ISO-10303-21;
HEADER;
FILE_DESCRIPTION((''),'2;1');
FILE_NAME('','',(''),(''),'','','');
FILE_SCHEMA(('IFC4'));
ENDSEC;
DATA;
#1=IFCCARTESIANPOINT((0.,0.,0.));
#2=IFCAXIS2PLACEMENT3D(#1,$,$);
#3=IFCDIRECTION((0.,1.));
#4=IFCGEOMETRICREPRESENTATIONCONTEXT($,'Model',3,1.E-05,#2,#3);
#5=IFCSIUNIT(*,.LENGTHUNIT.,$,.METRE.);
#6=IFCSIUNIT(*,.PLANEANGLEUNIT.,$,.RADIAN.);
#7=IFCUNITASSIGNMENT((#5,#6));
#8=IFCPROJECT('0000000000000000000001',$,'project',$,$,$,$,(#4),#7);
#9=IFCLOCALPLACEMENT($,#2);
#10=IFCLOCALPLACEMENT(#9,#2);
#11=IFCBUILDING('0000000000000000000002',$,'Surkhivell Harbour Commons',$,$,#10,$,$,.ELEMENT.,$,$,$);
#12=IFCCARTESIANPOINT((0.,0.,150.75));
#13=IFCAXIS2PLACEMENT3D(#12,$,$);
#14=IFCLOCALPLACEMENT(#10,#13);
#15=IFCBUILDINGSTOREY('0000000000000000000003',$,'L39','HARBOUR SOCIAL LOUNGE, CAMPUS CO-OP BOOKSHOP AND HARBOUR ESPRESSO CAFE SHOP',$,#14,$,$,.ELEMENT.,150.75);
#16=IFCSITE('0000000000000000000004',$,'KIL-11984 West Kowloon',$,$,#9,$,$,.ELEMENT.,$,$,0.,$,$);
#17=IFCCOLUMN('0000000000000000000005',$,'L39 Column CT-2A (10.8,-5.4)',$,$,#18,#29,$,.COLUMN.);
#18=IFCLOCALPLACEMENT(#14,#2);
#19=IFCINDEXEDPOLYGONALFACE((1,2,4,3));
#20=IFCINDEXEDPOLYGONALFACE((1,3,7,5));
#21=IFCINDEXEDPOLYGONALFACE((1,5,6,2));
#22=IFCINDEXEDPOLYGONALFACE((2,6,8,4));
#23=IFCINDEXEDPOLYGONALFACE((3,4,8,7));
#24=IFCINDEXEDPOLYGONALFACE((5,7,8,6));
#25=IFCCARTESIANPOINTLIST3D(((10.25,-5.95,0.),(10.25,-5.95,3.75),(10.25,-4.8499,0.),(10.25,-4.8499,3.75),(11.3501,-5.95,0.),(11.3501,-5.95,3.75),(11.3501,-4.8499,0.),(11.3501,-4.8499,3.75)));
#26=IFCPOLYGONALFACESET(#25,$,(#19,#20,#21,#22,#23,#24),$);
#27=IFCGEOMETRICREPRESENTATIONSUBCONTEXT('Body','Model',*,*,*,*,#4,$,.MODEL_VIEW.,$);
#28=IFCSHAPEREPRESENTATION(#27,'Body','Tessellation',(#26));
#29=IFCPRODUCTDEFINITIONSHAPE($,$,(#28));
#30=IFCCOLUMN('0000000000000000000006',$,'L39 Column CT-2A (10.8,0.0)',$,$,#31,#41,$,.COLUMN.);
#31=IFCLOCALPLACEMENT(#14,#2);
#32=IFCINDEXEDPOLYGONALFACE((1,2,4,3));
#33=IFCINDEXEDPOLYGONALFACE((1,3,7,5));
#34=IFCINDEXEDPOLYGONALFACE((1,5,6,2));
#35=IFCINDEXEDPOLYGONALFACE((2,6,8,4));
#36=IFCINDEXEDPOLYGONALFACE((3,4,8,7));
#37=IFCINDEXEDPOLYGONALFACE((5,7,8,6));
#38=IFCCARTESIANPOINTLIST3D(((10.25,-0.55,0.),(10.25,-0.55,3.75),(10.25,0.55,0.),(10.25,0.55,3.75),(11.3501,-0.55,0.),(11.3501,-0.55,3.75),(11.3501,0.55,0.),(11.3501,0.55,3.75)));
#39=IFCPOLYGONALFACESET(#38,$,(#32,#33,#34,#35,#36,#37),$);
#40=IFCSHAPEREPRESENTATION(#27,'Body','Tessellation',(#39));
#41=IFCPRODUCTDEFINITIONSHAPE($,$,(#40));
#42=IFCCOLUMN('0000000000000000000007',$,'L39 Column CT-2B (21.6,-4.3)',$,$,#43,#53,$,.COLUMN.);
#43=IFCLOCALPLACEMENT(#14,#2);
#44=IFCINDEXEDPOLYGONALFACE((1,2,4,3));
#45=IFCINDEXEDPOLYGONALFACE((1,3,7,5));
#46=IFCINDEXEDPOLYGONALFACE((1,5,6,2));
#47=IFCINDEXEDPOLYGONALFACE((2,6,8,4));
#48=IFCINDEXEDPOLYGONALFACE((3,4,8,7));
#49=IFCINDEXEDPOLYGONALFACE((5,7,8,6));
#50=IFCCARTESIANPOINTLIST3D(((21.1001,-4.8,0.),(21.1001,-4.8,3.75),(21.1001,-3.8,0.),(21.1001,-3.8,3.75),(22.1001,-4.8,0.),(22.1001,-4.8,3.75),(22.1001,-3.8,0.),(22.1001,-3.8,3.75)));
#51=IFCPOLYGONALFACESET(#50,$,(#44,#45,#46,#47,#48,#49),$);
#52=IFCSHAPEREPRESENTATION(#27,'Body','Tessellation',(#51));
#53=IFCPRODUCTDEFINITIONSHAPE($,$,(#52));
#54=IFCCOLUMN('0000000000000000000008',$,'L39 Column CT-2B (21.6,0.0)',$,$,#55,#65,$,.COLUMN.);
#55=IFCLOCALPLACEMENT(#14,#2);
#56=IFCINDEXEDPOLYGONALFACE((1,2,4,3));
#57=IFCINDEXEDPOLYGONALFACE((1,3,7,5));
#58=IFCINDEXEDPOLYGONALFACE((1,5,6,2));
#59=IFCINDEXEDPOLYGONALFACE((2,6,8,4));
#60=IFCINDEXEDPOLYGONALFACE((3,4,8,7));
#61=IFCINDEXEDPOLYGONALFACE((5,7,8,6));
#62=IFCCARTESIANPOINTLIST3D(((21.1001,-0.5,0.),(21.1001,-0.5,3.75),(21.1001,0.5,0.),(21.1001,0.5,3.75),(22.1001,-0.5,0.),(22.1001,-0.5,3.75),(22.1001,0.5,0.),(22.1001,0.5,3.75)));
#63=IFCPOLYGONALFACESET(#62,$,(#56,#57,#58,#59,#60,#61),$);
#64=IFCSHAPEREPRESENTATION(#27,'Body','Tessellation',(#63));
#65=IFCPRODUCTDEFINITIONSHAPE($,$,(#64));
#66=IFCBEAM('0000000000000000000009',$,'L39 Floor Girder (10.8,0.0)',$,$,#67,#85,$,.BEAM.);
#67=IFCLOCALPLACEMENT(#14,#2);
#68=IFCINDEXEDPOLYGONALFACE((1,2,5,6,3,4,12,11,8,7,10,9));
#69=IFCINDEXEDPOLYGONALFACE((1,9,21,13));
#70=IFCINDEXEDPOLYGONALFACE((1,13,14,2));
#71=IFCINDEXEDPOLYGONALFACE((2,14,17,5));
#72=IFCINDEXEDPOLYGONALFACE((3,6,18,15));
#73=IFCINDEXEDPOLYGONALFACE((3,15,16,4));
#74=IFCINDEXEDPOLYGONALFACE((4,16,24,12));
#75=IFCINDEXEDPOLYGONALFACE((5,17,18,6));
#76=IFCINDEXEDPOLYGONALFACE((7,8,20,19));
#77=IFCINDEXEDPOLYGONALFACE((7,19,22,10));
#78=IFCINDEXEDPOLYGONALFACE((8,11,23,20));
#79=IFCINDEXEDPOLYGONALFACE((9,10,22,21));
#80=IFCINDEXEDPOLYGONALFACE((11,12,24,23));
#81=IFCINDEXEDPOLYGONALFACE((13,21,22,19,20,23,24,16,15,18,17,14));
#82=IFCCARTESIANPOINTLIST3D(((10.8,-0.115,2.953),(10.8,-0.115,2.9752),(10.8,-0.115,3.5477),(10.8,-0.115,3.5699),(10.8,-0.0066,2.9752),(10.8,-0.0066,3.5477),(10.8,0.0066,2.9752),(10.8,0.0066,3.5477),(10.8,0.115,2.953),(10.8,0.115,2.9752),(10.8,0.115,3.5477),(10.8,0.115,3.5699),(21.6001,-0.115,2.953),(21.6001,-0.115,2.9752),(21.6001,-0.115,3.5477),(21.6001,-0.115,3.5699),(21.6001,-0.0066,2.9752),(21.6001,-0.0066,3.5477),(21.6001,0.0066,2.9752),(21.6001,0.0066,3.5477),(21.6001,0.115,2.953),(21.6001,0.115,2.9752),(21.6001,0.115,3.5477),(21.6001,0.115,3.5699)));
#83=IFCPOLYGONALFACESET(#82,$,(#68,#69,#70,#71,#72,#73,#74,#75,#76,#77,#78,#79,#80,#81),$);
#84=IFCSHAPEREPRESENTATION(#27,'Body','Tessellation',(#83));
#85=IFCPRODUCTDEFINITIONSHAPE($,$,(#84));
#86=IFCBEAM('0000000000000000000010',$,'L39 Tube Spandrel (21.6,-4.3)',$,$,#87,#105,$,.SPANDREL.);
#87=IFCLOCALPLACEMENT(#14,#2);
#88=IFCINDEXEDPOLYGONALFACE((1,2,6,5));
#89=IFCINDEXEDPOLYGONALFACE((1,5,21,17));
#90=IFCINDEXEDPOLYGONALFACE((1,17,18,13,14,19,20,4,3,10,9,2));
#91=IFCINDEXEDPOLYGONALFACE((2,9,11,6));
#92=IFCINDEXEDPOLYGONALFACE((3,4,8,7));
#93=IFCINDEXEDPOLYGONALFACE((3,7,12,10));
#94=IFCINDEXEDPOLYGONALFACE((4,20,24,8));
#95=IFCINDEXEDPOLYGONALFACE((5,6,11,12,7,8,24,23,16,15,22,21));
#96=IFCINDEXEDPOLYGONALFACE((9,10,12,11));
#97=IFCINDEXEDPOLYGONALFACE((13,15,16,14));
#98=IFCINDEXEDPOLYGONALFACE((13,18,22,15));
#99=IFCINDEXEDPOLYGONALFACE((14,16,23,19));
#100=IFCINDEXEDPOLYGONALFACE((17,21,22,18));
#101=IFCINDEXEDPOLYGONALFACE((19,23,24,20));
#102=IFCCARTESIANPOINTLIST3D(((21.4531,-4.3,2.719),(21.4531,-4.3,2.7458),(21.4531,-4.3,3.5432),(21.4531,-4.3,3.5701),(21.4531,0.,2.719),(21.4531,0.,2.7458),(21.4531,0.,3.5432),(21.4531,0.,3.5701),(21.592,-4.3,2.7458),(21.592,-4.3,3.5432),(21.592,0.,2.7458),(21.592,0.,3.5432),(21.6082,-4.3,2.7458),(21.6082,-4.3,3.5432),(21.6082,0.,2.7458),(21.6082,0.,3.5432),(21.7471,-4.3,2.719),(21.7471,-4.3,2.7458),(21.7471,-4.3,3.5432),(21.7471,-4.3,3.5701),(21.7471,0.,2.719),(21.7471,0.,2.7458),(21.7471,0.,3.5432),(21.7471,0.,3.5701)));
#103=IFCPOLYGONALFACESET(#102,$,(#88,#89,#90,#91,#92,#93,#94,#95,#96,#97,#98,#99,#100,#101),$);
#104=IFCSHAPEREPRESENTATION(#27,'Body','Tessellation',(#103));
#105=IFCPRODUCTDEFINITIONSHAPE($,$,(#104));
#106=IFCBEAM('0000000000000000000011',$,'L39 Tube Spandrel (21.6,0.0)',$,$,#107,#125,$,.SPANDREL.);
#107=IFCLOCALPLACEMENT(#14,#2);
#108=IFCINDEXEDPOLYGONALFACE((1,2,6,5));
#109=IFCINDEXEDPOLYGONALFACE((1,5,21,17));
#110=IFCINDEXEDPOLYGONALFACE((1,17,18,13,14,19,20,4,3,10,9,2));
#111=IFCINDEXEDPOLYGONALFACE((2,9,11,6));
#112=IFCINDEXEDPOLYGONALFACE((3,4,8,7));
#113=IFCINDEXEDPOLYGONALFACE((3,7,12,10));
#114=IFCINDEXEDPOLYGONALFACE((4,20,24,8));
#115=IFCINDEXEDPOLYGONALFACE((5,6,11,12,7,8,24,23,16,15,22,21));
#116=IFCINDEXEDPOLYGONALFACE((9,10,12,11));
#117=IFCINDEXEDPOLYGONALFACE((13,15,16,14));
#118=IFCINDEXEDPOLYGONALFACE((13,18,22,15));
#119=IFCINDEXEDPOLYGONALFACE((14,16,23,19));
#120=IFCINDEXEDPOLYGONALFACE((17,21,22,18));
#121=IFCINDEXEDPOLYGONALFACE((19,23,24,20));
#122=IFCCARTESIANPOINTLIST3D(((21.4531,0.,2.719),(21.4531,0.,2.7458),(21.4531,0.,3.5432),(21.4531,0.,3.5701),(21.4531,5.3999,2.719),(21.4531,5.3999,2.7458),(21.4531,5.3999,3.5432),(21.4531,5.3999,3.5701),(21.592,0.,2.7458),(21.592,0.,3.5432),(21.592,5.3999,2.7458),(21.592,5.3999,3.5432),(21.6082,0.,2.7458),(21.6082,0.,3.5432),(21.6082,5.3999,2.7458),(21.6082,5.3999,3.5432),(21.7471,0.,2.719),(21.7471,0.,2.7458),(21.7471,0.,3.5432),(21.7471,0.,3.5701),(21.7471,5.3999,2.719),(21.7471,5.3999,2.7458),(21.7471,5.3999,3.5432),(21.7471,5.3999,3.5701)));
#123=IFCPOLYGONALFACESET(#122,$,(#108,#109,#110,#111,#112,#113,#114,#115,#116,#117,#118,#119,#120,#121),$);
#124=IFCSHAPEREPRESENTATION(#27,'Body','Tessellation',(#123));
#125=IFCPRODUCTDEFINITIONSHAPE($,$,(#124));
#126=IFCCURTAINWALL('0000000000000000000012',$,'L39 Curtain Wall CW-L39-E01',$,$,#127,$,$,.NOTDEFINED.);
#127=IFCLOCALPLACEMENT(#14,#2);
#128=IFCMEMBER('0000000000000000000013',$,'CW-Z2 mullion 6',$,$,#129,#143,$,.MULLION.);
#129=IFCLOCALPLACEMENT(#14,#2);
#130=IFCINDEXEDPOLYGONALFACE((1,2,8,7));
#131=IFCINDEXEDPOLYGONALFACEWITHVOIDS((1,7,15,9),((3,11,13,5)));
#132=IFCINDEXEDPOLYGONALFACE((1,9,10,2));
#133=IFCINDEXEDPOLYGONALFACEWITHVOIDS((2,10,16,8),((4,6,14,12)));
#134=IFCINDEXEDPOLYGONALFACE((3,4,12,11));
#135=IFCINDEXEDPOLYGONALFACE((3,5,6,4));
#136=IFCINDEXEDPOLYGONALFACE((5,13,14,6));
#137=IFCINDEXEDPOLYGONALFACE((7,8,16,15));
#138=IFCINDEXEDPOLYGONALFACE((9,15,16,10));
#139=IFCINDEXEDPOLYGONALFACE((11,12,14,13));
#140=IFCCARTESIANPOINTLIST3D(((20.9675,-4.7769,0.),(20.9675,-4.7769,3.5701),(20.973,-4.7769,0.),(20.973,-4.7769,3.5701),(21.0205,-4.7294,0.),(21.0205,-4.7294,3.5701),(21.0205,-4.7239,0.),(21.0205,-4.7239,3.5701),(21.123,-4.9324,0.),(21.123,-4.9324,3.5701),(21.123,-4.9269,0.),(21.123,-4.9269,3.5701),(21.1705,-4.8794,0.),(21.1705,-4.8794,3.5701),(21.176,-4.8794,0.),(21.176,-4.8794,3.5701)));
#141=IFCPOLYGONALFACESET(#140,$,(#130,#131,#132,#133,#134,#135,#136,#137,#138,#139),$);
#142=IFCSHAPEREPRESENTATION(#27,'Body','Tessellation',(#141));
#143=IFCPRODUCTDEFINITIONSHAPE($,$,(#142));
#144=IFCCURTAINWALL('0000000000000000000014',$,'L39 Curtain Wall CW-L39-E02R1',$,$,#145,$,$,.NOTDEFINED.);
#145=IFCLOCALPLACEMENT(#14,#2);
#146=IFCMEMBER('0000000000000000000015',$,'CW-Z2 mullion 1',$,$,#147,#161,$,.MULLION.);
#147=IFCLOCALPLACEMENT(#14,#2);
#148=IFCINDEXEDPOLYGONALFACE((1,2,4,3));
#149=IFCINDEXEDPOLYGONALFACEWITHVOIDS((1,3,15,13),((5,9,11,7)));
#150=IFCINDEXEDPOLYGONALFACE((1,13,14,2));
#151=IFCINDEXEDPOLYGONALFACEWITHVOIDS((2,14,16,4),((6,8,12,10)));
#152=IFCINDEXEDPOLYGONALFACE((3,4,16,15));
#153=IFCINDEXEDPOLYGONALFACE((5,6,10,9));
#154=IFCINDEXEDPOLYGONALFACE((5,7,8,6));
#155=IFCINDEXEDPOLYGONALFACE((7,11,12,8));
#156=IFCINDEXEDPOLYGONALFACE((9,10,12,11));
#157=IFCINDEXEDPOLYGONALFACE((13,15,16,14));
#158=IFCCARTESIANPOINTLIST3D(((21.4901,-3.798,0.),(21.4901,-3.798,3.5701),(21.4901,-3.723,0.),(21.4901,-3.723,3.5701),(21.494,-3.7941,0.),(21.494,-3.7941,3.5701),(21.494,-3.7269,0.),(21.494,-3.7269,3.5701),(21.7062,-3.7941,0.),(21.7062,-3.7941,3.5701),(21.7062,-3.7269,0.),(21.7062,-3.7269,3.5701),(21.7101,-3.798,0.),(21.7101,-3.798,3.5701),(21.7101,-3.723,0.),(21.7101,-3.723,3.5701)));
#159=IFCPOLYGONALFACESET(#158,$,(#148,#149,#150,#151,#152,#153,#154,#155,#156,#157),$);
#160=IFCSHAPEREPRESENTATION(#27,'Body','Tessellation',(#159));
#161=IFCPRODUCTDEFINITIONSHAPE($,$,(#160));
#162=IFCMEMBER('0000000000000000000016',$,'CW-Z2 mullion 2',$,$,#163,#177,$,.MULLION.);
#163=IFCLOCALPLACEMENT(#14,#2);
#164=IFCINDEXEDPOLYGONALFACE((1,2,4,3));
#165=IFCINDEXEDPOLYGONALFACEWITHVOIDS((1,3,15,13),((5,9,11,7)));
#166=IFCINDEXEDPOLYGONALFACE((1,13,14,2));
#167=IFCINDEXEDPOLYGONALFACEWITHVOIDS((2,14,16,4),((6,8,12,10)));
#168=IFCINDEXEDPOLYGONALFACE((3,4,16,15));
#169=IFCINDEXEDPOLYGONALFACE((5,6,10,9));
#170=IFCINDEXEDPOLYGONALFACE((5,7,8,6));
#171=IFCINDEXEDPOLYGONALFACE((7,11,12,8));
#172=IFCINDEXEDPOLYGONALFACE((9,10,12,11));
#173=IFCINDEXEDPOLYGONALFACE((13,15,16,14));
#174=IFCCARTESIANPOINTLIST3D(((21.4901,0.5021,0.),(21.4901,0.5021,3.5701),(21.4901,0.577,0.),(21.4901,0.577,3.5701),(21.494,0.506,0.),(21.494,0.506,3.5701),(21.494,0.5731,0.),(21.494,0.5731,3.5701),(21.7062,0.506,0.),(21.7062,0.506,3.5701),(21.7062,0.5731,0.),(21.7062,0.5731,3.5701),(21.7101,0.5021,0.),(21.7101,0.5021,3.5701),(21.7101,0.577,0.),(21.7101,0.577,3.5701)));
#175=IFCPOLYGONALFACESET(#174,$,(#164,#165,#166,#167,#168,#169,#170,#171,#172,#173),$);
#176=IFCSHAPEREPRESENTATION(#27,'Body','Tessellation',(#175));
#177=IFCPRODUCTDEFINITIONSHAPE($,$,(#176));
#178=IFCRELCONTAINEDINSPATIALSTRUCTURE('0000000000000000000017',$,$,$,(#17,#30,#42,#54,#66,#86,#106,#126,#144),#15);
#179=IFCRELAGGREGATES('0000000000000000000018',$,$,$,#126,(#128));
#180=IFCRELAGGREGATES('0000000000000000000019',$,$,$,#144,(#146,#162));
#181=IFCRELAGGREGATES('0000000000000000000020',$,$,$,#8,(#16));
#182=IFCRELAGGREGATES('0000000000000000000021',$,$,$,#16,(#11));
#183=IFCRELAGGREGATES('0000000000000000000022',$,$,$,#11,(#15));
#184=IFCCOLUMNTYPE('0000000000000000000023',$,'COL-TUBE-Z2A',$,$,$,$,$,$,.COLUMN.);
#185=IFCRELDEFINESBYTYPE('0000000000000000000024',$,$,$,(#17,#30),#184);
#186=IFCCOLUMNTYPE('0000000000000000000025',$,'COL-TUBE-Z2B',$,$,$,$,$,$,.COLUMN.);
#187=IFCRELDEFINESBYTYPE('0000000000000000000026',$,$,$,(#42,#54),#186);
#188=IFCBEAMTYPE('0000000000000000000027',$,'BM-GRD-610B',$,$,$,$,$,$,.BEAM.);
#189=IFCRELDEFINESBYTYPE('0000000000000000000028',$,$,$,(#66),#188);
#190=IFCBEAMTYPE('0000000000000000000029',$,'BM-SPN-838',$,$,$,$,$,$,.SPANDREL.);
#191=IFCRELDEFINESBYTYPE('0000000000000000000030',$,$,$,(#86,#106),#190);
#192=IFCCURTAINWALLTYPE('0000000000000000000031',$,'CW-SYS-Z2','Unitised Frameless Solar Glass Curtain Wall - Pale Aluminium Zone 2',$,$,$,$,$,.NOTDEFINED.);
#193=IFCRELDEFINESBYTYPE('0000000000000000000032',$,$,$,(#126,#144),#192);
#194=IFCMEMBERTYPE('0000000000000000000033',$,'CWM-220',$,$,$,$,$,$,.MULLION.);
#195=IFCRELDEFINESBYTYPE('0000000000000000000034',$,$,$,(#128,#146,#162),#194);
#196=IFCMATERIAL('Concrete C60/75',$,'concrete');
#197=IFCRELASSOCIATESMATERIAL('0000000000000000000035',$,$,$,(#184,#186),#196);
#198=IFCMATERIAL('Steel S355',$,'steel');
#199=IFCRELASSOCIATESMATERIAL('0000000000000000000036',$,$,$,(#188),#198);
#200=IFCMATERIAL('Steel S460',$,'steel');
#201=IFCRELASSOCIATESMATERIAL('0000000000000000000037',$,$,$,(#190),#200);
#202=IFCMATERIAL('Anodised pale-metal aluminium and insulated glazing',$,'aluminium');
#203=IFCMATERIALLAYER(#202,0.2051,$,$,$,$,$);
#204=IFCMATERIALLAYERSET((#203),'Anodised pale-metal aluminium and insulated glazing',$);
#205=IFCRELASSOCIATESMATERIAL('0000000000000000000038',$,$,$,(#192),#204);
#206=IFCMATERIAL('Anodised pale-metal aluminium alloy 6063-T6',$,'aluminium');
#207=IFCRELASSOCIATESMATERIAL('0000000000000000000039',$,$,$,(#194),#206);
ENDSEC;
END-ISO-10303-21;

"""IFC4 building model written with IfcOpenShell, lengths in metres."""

from ifc_helpers import new_model, si_unit, direction, frame, origin, origin_2d, place, context, subcontext, project, spatial, rectangle, hollow_rectangle, i_section, extrude, material, layer, layer_set, material_profile, profile_set, type_object, element, aggregate, save


model = new_model("IFC4")

# Units and contexts
model_context = context("Model", 3, precision=1e-05, world=origin(), true_north=direction((0.0, 1.0)))
body_context = subcontext(model_context, "Body", "Model", "MODEL_VIEW")
ifc_project = project(units=[si_unit("LENGTHUNIT", "METRE"), si_unit("PLANEANGLEUNIT", "RADIAN")], contexts=[model_context])

# Site, building, storey
site_placement = place(None, origin())
site = spatial("IfcSite", under=ifc_project, at=site_placement, Name="KIL-11984 West Kowloon", CompositionType="ELEMENT", RefElevation=0.0)
building_placement = place(site_placement, origin())
building = spatial("IfcBuilding", under=site, at=building_placement, Name="Surkhivell Harbour Commons", CompositionType="ELEMENT")
storey_placement = place(building_placement, frame((0.0, 0.0, 150.75)))
storey = spatial("IfcBuildingStorey", under=building, at=storey_placement, Name="L39", Description="HARBOUR SOCIAL LOUNGE, CAMPUS CO-OP BOOKSHOP AND HARBOUR ESPRESSO CAFE SHOP", CompositionType="ELEMENT", Elevation=150.75)

# Columns
ifc_material_1 = material(Name="Concrete C60/75", Category="concrete")
ifc_material_profile_1 = material_profile(ifc_material_1, rectangle(XDim=1.1001, YDim=1.1001, at=origin_2d()), Name="RC-COL-1100x1100")
ifc_profile_set_1 = profile_set([ifc_material_profile_1], Name="Concrete C60/75")
column_type_1 = type_object("IfcColumnType", Name="COL-TUBE-Z2A", PredefinedType="COLUMN", material=ifc_profile_set_1)
for number, where, z_axis, x_axis, name in (
    (1, (10.8, -5.3999, 0.0), (0.0, 0.0, 1.0), (1.0, 0.0, 0.0), "L39 Column CT-2A (10.8,-5.4)"),
    (2, (10.8, 0.0, 0.0), (0.0, 0.0, 1.0), (1.0, 0.0, 0.0), "L39 Column CT-2A (10.8,0.0)"),
):
    element("IfcColumn", number, at=place(storey_placement, frame(where, z_axis=z_axis, x_axis=x_axis)), inside=storey, type_object=column_type_1, Name=name, PredefinedType="COLUMN", context=body_context, shape_type="SweptSolid", body=[
        extrude(rectangle(XDim=1.1001, YDim=1.1001, at=origin_2d()), origin(), (0.0, 0.0, 1.0), 3.75),
    ])
ifc_material_profile_2 = material_profile(ifc_material_1, rectangle(XDim=1.0, YDim=1.0, at=origin_2d()), Name="RC-COL-1000x1000")
ifc_profile_set_2 = profile_set([ifc_material_profile_2], Name="Concrete C60/75")
column_type_2 = type_object("IfcColumnType", Name="COL-TUBE-Z2B", PredefinedType="COLUMN", material=ifc_profile_set_2)
for number, where, z_axis, x_axis, name in (
    (3, (21.6001, -4.3, 0.0), (0.0, 0.0, 1.0), (1.0, 0.0, 0.0), "L39 Column CT-2B (21.6,-4.3)"),
    (4, (21.6001, 0.0, 0.0), (0.0, 0.0, 1.0), (1.0, 0.0, 0.0), "L39 Column CT-2B (21.6,0.0)"),
):
    element("IfcColumn", number, at=place(storey_placement, frame(where, z_axis=z_axis, x_axis=x_axis)), inside=storey, type_object=column_type_2, Name=name, PredefinedType="COLUMN", context=body_context, shape_type="SweptSolid", body=[
        extrude(rectangle(XDim=1.0, YDim=1.0, at=origin_2d()), origin(), (0.0, 0.0, 1.0), 3.75),
    ])

# Beams
ifc_material_2 = material(Name="Steel S355", Category="steel")
ifc_material_profile_3 = material_profile(ifc_material_2, i_section(OverallWidth=0.23, OverallDepth=0.6169, WebThickness=0.0132, FlangeThickness=0.0222, at=origin_2d()), Name="UB610x229x140")
ifc_profile_set_3 = profile_set([ifc_material_profile_3], Name="Steel S355")
beam_type_1 = type_object("IfcBeamType", Name="BM-GRD-610B", PredefinedType="BEAM", material=ifc_profile_set_3)
beam_1_placement = place(storey_placement, frame((10.8, 0.0, 3.2615), z_axis=(1.0, 0.0, 0.0), x_axis=(0.0, 1.0, 0.0)))
element("IfcBeam", 5, at=beam_1_placement, inside=storey, type_object=beam_type_1, Name="L39 Floor Girder (10.8,0.0)", PredefinedType="BEAM", context=body_context, shape_type="SweptSolid", body=[
    extrude(i_section(OverallWidth=0.23, OverallDepth=0.6169, WebThickness=0.0132, FlangeThickness=0.0222, at=origin_2d()), origin(), (0.0, 0.0, 1.0), 10.8),
])
ifc_material_3 = material(Name="Steel S460", Category="steel")
ifc_material_profile_4 = material_profile(ifc_material_3, i_section(OverallWidth=0.2939, OverallDepth=0.8511, WebThickness=0.0161, FlangeThickness=0.0269, at=origin_2d()), Name="UB838x292x226")
ifc_profile_set_4 = profile_set([ifc_material_profile_4], Name="Steel S460")
beam_type_2 = type_object("IfcBeamType", Name="BM-SPN-838", PredefinedType="SPANDREL", material=ifc_profile_set_4)
beam_2_placement = place(storey_placement, frame((21.6001, -4.3, 3.1445), z_axis=(0.0, 1.0, 0.0), x_axis=(-1.0, 0.0, 0.0)))
element("IfcBeam", 6, at=beam_2_placement, inside=storey, type_object=beam_type_2, Name="L39 Tube Spandrel (21.6,-4.3)", PredefinedType="SPANDREL", context=body_context, shape_type="SweptSolid", body=[
    extrude(i_section(OverallWidth=0.2939, OverallDepth=0.8511, WebThickness=0.0161, FlangeThickness=0.0269, at=origin_2d()), origin(), (0.0, 0.0, 1.0), 4.3),
])
beam_3_placement = place(storey_placement, frame((21.6001, 0.0, 3.1445), z_axis=(0.0, 1.0, 0.0), x_axis=(-1.0, 0.0, 0.0)))
element("IfcBeam", 7, at=beam_3_placement, inside=storey, type_object=beam_type_2, Name="L39 Tube Spandrel (21.6,0.0)", PredefinedType="SPANDREL", context=body_context, shape_type="SweptSolid", body=[
    extrude(i_section(OverallWidth=0.2939, OverallDepth=0.8511, WebThickness=0.0161, FlangeThickness=0.0269, at=origin_2d()), origin(), (0.0, 0.0, 1.0), 5.3999),
])

# Curtain wall, member
ifc_material_4 = material(Name="Anodised pale-metal aluminium and insulated glazing", Category="aluminium")
ifc_layer_1 = layer(ifc_material_4, 0.2051)
ifc_layer_set_1 = layer_set([ifc_layer_1], Name="Anodised pale-metal aluminium and insulated glazing")
curtain_wall_type = type_object("IfcCurtainWallType", Name="CW-SYS-Z2", Description="Unitised Frameless Solar Glass Curtain Wall - Pale Aluminium Zone 2", PredefinedType="NOTDEFINED", material=ifc_layer_set_1)
curtain_wall_1_placement = place(storey_placement, origin())
curtain_wall_1 = element("IfcCurtainWall", 8, at=curtain_wall_1_placement, inside=storey, type_object=curtain_wall_type, Name="L39 Curtain Wall CW-L39-E01", PredefinedType="NOTDEFINED")
ifc_material_5 = material(Name="Anodised pale-metal aluminium alloy 6063-T6", Category="aluminium")
ifc_material_profile_5 = material_profile(ifc_material_5, hollow_rectangle(XDim=0.075, YDim=0.22, WallThickness=0.0039, at=origin_2d()), Name="ALU-MULL-75x220")
ifc_profile_set_5 = profile_set([ifc_material_profile_5], Name="Anodised pale-metal aluminium alloy 6063-T6")
member_type_1 = type_object("IfcMemberType", Name="CWM-220", PredefinedType="MULLION", material=ifc_profile_set_5)
member_1_placement = place(storey_placement, frame((21.0718, -4.8281, 0.0), z_axis=(0.0, 0.0, 1.0), x_axis=(0.707107, 0.707107, 0.0)))
member_1 = element("IfcMember", 9, at=member_1_placement, type_object=member_type_1, Name="CW-Z2 mullion 6", PredefinedType="MULLION", context=body_context, shape_type="SweptSolid", body=[
    extrude(hollow_rectangle(XDim=0.075, YDim=0.22, WallThickness=0.0039, at=origin_2d()), origin(), (0.0, 0.0, 1.0), 3.5701),
])
aggregate(curtain_wall_1, [member_1])

# Curtain wall, members
curtain_wall_2_placement = place(storey_placement, origin())
curtain_wall_2 = element("IfcCurtainWall", 10, at=curtain_wall_2_placement, inside=storey, type_object=curtain_wall_type, Name="L39 Curtain Wall CW-L39-E02R1", PredefinedType="NOTDEFINED")
member_2_placement = place(storey_placement, frame((21.6001, -3.7605, 0.0), z_axis=(0.0, 0.0, 1.0), x_axis=(0.0, 1.0, 0.0)))
member_2 = element("IfcMember", 11, at=member_2_placement, type_object=member_type_1, Name="CW-Z2 mullion 1", PredefinedType="MULLION", context=body_context, shape_type="SweptSolid", body=[
    extrude(hollow_rectangle(XDim=0.075, YDim=0.22, WallThickness=0.0039, at=origin_2d()), origin(), (0.0, 0.0, 1.0), 3.5701),
])
member_3_placement = place(storey_placement, frame((21.6001, 0.5396, 0.0), z_axis=(0.0, 0.0, 1.0), x_axis=(0.0, 1.0, 0.0)))
member_3 = element("IfcMember", 12, at=member_3_placement, type_object=member_type_1, Name="CW-Z2 mullion 2", PredefinedType="MULLION", context=body_context, shape_type="SweptSolid", body=[
    extrude(hollow_rectangle(XDim=0.075, YDim=0.22, WallThickness=0.0039, at=origin_2d()), origin(), (0.0, 0.0, 1.0), 3.5701),
])
aggregate(curtain_wall_2, [member_2, member_3])

save(model, "model.ifc")
